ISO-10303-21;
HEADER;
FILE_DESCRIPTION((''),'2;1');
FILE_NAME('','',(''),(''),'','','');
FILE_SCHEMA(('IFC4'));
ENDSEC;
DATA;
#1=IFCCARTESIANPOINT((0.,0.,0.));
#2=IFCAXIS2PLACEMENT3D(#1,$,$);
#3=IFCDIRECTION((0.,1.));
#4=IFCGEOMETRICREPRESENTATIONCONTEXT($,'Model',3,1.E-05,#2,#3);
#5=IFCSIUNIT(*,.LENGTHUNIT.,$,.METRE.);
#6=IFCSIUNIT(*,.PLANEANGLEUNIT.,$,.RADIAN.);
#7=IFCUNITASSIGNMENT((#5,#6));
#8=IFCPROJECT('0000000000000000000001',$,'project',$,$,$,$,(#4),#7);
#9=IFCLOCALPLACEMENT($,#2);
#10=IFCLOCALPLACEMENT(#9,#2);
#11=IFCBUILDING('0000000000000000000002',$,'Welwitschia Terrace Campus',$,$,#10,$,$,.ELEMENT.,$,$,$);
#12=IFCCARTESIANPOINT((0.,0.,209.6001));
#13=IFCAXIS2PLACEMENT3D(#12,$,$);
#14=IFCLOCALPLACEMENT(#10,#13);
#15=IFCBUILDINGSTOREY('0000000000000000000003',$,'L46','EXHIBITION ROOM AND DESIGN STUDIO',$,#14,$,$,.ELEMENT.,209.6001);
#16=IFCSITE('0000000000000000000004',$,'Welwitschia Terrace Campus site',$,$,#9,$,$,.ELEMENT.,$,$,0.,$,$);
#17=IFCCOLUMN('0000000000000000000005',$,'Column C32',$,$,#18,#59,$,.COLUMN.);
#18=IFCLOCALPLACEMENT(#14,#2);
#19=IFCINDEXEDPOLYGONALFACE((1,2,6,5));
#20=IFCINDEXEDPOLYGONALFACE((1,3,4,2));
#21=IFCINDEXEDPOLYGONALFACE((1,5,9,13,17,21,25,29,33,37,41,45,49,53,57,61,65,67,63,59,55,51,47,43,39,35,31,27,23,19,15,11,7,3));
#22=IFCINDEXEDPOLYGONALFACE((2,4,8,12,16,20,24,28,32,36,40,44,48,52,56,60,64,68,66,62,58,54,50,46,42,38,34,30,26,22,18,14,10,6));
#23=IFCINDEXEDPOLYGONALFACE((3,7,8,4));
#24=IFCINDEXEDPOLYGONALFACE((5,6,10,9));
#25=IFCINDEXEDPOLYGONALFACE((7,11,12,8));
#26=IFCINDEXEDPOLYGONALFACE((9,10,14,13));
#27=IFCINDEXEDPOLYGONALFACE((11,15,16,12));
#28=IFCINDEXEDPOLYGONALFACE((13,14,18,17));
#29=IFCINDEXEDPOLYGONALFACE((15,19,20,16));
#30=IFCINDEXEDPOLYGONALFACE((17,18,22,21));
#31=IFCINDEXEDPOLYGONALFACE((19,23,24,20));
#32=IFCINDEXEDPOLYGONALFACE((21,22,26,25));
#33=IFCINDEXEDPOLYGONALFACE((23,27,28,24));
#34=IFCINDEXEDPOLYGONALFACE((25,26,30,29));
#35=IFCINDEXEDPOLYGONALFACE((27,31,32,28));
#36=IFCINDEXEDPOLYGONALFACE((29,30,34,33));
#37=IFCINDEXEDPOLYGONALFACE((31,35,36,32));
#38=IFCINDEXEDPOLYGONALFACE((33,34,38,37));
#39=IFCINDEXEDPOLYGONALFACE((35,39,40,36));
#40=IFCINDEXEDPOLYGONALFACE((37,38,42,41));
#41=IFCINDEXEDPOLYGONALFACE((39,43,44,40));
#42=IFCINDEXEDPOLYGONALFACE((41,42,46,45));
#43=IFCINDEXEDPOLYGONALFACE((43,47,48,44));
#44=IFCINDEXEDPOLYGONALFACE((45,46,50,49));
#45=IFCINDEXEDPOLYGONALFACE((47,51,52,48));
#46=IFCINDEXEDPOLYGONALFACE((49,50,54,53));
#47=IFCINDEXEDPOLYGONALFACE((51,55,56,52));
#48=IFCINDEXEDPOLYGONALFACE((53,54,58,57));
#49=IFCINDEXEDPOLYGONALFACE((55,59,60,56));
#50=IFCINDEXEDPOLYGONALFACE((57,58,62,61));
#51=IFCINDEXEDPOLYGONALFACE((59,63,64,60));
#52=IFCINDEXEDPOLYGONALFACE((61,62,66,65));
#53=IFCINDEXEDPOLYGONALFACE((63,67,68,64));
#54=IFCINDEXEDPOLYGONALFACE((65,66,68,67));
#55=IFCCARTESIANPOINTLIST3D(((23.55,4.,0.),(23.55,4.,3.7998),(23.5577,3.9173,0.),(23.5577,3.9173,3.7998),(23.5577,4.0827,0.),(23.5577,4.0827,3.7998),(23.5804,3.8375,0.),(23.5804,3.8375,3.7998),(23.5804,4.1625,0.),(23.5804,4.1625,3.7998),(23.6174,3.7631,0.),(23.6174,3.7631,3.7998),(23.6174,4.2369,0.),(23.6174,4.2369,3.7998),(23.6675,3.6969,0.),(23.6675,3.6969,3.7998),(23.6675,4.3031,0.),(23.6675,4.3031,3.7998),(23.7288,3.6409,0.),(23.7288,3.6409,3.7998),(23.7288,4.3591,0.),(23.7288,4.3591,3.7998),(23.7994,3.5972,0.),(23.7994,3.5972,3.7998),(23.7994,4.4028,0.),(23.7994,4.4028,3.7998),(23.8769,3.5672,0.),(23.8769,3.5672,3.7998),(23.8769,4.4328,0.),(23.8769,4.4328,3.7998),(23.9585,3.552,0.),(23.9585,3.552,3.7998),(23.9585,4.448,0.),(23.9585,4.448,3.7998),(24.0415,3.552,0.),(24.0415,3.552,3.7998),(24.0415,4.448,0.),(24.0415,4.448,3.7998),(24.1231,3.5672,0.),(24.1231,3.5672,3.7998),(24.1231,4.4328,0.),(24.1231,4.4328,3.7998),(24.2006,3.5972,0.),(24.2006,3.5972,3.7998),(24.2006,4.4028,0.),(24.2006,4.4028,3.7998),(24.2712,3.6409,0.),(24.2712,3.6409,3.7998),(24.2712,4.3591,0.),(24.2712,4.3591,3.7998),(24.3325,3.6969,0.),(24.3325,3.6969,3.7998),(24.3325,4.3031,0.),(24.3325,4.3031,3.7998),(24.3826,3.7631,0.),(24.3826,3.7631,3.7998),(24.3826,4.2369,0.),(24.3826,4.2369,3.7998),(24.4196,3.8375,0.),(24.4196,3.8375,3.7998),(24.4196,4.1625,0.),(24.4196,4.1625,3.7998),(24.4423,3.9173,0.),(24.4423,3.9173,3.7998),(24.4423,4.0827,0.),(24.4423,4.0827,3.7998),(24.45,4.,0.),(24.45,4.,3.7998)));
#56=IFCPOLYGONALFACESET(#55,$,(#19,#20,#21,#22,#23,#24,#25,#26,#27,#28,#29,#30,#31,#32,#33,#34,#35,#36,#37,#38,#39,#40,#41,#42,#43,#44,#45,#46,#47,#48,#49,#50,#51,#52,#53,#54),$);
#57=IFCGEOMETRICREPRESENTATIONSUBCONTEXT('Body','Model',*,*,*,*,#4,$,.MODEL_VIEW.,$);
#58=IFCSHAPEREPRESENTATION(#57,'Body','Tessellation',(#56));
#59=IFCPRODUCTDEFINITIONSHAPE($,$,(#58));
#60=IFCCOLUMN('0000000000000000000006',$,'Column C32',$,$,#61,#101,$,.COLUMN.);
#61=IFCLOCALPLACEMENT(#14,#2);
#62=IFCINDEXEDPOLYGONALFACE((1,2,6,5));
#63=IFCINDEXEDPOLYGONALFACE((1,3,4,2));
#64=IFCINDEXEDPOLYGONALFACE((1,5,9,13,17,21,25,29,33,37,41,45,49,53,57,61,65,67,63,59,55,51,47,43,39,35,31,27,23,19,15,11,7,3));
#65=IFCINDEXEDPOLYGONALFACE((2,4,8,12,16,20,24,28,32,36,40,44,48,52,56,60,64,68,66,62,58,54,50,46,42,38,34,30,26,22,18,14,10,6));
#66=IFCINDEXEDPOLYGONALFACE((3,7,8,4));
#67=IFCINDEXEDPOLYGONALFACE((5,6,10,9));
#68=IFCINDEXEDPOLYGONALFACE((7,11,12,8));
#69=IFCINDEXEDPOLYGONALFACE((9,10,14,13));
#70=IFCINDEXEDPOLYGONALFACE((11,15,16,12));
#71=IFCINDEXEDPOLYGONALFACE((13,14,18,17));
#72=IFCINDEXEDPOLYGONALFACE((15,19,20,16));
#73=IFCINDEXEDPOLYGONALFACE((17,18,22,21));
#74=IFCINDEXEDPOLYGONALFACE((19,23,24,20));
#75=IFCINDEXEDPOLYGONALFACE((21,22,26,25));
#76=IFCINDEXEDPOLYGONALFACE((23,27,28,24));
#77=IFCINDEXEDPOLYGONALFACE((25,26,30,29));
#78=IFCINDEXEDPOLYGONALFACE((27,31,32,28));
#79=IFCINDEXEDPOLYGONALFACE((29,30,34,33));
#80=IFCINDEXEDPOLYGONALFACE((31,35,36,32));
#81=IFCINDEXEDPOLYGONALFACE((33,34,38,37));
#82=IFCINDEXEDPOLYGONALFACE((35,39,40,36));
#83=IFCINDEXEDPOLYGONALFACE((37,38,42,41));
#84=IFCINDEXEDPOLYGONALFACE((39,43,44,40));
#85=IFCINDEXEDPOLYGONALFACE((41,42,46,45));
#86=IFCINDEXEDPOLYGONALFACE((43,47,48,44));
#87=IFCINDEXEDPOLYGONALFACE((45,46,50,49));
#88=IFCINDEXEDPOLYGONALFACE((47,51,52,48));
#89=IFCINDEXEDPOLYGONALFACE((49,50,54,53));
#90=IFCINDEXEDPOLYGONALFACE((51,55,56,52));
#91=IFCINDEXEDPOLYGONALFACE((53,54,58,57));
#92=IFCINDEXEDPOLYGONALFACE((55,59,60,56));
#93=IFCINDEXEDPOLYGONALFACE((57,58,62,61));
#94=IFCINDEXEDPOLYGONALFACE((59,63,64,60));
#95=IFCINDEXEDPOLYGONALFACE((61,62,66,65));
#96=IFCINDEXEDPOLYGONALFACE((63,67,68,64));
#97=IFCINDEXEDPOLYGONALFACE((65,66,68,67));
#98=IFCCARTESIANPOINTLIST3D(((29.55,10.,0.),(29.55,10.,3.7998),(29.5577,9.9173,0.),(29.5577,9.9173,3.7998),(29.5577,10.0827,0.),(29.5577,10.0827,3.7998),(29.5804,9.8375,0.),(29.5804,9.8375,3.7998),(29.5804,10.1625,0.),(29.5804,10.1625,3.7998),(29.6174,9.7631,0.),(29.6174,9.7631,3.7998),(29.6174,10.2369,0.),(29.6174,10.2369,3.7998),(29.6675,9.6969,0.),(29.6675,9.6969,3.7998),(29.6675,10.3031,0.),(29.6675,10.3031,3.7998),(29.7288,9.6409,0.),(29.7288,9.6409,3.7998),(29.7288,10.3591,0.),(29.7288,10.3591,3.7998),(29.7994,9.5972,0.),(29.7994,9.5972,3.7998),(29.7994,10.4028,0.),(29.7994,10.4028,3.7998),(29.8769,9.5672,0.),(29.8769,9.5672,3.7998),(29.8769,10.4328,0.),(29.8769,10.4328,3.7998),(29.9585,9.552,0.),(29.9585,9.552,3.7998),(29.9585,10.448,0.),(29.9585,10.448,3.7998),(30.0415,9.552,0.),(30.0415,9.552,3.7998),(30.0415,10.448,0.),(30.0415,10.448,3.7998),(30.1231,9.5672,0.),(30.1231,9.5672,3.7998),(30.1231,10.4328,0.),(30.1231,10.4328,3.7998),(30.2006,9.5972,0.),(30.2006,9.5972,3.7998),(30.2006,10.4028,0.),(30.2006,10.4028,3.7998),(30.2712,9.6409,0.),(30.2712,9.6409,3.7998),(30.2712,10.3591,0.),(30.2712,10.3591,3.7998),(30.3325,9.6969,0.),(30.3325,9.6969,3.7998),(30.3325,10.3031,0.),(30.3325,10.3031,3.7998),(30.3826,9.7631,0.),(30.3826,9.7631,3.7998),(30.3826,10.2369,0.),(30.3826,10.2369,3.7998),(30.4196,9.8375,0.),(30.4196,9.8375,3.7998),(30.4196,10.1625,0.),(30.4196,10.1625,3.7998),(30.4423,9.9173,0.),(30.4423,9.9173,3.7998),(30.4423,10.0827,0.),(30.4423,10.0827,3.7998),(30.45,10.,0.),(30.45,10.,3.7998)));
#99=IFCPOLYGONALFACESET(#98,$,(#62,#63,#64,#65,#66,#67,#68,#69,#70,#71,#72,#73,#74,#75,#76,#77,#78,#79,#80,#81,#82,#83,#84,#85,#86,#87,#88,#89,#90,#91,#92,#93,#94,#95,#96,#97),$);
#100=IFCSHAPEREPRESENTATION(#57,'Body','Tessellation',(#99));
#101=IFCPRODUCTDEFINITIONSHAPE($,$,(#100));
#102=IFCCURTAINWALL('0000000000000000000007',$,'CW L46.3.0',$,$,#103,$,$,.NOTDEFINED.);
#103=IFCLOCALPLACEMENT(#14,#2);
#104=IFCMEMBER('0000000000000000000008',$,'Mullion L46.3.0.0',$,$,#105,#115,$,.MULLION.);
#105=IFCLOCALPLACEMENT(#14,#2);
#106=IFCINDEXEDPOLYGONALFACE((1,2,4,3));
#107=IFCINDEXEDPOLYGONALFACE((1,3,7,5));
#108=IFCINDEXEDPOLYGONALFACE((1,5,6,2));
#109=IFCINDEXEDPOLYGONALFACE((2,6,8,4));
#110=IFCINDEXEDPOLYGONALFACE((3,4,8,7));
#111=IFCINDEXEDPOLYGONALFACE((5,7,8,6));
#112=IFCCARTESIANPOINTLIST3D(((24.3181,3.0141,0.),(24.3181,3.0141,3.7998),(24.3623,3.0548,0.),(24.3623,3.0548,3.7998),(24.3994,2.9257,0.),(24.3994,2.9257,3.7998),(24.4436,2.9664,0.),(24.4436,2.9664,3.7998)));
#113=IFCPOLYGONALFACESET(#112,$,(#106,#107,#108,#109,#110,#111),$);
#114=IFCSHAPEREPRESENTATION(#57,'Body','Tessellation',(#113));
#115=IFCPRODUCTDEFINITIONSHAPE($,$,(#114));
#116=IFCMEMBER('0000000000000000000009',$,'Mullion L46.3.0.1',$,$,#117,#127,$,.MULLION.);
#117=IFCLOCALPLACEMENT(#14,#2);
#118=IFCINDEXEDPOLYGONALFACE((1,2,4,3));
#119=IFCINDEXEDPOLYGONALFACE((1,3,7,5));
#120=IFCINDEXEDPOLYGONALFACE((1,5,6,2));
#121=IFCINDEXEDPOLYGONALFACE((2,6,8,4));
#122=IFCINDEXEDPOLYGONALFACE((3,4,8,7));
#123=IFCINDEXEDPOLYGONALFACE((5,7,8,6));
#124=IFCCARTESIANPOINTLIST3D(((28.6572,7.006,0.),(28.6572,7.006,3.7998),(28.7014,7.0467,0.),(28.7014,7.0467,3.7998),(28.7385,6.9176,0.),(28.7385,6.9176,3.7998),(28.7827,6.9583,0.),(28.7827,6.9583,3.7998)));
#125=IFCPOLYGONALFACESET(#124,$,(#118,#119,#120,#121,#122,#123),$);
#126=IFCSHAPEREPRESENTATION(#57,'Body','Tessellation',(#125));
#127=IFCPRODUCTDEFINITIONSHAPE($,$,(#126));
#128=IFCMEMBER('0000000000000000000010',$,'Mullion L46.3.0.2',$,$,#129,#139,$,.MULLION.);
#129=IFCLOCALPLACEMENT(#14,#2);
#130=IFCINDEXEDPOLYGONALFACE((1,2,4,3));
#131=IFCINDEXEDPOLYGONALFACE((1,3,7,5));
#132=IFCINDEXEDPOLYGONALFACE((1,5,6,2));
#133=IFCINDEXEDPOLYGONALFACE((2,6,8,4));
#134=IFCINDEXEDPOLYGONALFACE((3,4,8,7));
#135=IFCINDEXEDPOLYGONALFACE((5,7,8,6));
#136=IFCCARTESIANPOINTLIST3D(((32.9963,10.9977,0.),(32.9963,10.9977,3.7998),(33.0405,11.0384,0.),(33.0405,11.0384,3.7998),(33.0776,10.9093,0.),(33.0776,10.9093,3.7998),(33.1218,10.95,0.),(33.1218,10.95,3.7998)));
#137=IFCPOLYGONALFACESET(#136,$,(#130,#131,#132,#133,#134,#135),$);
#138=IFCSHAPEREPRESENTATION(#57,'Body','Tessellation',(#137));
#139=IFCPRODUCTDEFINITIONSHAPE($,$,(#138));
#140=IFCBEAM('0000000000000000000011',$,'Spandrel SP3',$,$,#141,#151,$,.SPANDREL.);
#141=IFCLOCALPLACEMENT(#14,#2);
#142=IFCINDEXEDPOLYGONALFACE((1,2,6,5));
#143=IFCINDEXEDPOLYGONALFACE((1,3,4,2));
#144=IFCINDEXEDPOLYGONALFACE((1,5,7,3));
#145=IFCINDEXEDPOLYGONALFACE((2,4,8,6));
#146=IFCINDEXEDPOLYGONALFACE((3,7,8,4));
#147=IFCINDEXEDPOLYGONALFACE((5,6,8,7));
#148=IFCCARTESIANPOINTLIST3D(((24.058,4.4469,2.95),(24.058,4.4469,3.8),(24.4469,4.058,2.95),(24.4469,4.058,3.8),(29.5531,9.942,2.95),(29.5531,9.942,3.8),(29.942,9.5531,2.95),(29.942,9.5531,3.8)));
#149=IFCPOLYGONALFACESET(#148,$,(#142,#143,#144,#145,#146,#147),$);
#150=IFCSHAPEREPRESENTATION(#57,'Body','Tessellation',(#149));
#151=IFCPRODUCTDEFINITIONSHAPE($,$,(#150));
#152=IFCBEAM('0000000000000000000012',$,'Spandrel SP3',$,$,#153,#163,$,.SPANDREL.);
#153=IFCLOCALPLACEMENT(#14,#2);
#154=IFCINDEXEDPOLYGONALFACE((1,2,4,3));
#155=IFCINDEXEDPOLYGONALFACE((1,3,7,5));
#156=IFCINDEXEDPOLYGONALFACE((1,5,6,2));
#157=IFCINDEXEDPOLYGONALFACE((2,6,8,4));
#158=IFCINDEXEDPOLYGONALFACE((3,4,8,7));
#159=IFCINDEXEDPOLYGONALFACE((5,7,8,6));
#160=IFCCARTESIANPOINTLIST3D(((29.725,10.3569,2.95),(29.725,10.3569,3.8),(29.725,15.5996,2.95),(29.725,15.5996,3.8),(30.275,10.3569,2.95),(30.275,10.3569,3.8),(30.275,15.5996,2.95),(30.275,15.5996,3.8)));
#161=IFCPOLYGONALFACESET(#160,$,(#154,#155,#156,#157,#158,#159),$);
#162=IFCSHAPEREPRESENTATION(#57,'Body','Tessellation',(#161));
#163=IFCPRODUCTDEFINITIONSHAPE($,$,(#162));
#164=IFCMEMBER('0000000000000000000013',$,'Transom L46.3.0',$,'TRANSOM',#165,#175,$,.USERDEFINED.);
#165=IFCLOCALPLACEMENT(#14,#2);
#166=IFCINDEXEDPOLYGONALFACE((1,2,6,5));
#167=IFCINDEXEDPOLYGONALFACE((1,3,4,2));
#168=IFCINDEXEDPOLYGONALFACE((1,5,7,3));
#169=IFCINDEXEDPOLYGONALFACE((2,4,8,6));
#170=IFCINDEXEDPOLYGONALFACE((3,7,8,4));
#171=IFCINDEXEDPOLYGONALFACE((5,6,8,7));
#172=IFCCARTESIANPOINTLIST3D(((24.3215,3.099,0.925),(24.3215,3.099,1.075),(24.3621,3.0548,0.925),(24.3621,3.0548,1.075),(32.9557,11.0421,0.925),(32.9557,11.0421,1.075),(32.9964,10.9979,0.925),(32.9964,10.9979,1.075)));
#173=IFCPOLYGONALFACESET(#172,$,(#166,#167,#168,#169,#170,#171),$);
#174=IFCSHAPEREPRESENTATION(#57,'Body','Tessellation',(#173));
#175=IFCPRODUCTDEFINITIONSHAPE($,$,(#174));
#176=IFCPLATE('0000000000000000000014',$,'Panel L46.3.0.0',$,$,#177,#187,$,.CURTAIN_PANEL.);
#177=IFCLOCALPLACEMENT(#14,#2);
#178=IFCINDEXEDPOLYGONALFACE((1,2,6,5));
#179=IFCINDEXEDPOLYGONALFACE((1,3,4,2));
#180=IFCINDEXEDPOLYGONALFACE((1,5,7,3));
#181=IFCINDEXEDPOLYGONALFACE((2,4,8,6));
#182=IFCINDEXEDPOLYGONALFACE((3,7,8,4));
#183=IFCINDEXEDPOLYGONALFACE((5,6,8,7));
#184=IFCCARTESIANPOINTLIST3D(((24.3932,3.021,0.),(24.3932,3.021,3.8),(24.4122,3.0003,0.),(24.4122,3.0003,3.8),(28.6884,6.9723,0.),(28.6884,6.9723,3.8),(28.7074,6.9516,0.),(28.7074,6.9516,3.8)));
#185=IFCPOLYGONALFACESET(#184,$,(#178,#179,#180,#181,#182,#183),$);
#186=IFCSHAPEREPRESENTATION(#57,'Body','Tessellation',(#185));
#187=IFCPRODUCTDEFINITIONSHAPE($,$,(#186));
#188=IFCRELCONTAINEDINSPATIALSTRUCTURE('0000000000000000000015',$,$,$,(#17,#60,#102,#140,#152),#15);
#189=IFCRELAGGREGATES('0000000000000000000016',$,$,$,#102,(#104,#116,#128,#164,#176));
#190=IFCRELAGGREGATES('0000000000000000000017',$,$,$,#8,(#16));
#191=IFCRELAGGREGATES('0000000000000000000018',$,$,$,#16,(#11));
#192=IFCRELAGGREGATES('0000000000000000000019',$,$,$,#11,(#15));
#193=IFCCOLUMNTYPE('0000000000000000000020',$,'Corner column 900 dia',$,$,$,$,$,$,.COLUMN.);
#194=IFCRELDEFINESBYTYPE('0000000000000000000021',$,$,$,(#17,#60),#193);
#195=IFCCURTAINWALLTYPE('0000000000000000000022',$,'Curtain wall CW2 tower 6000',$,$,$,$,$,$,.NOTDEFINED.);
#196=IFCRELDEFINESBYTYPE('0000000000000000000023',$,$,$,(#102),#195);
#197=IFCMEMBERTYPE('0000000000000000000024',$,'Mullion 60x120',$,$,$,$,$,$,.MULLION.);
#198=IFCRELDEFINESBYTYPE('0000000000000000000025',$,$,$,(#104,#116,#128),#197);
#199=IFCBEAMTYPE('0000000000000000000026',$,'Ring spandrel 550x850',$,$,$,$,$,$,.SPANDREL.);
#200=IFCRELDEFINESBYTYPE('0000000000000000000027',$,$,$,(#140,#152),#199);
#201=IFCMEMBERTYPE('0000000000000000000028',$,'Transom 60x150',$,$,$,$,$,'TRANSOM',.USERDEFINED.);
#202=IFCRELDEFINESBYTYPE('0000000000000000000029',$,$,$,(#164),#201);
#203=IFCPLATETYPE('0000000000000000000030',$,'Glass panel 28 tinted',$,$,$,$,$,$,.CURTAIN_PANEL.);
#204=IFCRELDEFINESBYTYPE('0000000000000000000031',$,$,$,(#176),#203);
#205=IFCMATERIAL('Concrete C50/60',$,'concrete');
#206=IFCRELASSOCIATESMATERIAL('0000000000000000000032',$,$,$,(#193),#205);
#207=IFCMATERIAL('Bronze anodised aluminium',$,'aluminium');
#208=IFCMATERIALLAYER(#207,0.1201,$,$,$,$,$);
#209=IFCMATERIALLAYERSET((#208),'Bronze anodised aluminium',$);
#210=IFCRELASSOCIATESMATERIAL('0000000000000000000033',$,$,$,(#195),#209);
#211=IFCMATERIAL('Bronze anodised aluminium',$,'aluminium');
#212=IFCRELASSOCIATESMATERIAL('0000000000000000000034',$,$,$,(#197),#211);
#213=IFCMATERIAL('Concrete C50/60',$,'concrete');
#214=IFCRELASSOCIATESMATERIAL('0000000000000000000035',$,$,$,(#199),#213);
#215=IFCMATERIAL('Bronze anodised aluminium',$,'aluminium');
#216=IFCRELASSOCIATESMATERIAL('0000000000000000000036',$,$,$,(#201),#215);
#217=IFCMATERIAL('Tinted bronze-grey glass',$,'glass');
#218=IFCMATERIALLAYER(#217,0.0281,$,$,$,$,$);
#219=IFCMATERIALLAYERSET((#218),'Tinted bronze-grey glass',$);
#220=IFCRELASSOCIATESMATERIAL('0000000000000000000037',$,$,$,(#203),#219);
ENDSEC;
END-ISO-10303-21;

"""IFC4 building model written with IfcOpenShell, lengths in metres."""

from ifc_helpers import new_model, si_unit, direction, frame, origin, origin_2d, place, context, subcontext, project, spatial, rectangle, circle, extrude, material, layer, layer_set, material_profile, profile_set, type_object, element, aggregate, save


model = new_model("IFC4")

# Units and contexts
model_context = context("Model", 3, precision=1e-05, world=origin(), true_north=direction((0.0, 1.0)))
body_context = subcontext(model_context, "Body", "Model", "MODEL_VIEW")
ifc_project = project(units=[si_unit("LENGTHUNIT", "METRE"), si_unit("PLANEANGLEUNIT", "RADIAN")], contexts=[model_context])

# Site, building, storey
site_placement = place(None, origin())
site = spatial("IfcSite", under=ifc_project, at=site_placement, Name="Welwitschia Terrace Campus site", CompositionType="ELEMENT", RefElevation=0.0)
building_placement = place(site_placement, origin())
building = spatial("IfcBuilding", under=site, at=building_placement, Name="Welwitschia Terrace Campus", CompositionType="ELEMENT")
storey_placement = place(building_placement, frame((0.0, 0.0, 209.6001)))
storey = spatial("IfcBuildingStorey", under=building, at=storey_placement, Name="L46", Description="EXHIBITION ROOM AND DESIGN STUDIO", CompositionType="ELEMENT", Elevation=209.6001)

# Columns
ifc_material_1 = material(Name="Concrete C50/60", Category="concrete")
ifc_material_profile_1 = material_profile(ifc_material_1, circle(Radius=0.45, at=origin_2d()))
ifc_profile_set_1 = profile_set([ifc_material_profile_1], Name="Concrete C50/60")
column_type = type_object("IfcColumnType", Name="Corner column 900 dia", PredefinedType="COLUMN", material=ifc_profile_set_1)
for number, where, z_axis, x_axis, name in (
    (1, (24.0, 4.0, 0.0), (0.0, 0.0, 1.0), (1.0, 0.0, 0.0), "Column C32"),
    (2, (30.0, 10.0, 0.0), (0.0, 0.0, 1.0), (1.0, 0.0, 0.0), "Column C32"),
):
    element("IfcColumn", number, at=place(storey_placement, frame(where, z_axis=z_axis, x_axis=x_axis)), inside=storey, type_object=column_type, Name=name, PredefinedType="COLUMN", context=body_context, shape_type="SweptSolid", body=[
        extrude(circle(Radius=0.45, at=origin_2d()), origin(), (0.0, 0.0, 1.0), 3.7998),
    ])

# Curtain wall, members
ifc_material_2 = material(Name="Bronze anodised aluminium", Category="aluminium")
ifc_layer_1 = layer(ifc_material_2, 0.1201)
ifc_layer_set_1 = layer_set([ifc_layer_1], Name="Bronze anodised aluminium")
curtain_wall_type = type_object("IfcCurtainWallType", Name="Curtain wall CW2 tower 6000", PredefinedType="NOTDEFINED", material=ifc_layer_set_1)
curtain_wall_placement = place(storey_placement, origin())
curtain_wall = element("IfcCurtainWall", 3, at=curtain_wall_placement, inside=storey, type_object=curtain_wall_type, Name="CW L46.3.0", PredefinedType="NOTDEFINED")
ifc_material_3 = material(Name="Bronze anodised aluminium", Category="aluminium")
ifc_material_profile_2 = material_profile(ifc_material_3, rectangle(XDim=0.1201, YDim=0.0601, at=origin_2d()))
ifc_profile_set_2 = profile_set([ifc_material_profile_2], Name="Bronze anodised aluminium")
member_type_1 = type_object("IfcMemberType", Name="Mullion 60x120", PredefinedType="MULLION", material=ifc_profile_set_2)
member_1_placement = place(storey_placement, frame((24.3809, 2.9902, 0.0), z_axis=(0.0, 0.0, 1.0), x_axis=(-0.677034, 0.735951, 0.0)))
member_1 = element("IfcMember", 4, at=member_1_placement, type_object=member_type_1, Name="Mullion L46.3.0.0", PredefinedType="MULLION", context=body_context, shape_type="SweptSolid", body=[
    extrude(rectangle(XDim=0.1201, YDim=0.0601, at=origin_2d()), origin(), (0.0, 0.0, 1.0), 3.7998),
])
member_2_placement = place(storey_placement, frame((28.72, 6.9822, 0.0), z_axis=(0.0, 0.0, 1.0), x_axis=(-0.677034, 0.735951, 0.0)))
member_2 = element("IfcMember", 5, at=member_2_placement, type_object=member_type_1, Name="Mullion L46.3.0.1", PredefinedType="MULLION", context=body_context, shape_type="SweptSolid", body=[
    extrude(rectangle(XDim=0.1201, YDim=0.0601, at=origin_2d()), origin(), (0.0, 0.0, 1.0), 3.7998),
])
member_3_placement = place(storey_placement, frame((33.0591, 10.9739, 0.0), z_axis=(0.0, 0.0, 1.0), x_axis=(-0.677034, 0.735951, 0.0)))
member_3 = element("IfcMember", 6, at=member_3_placement, type_object=member_type_1, Name="Mullion L46.3.0.2", PredefinedType="MULLION", context=body_context, shape_type="SweptSolid", body=[
    extrude(rectangle(XDim=0.1201, YDim=0.0601, at=origin_2d()), origin(), (0.0, 0.0, 1.0), 3.7998),
])

# Beams
ifc_material_4 = material(Name="Concrete C50/60", Category="concrete")
ifc_material_profile_3 = material_profile(ifc_material_4, rectangle(XDim=0.55, YDim=0.8501, at=origin_2d()))
ifc_profile_set_3 = profile_set([ifc_material_profile_3], Name="Concrete C50/60")
beam_type = type_object("IfcBeamType", Name="Ring spandrel 550x850", PredefinedType="SPANDREL", material=ifc_profile_set_3)
beam_1_placement = place(storey_placement, frame((24.2524, 4.2524, 3.375), z_axis=(0.707107, 0.707107, 0.0), x_axis=(-0.707107, 0.707107, 0.0)))
element("IfcBeam", 7, at=beam_1_placement, inside=storey, type_object=beam_type, Name="Spandrel SP3", PredefinedType="SPANDREL", context=body_context, shape_type="SweptSolid", body=[
    extrude(rectangle(XDim=0.55, YDim=0.8501, at=origin_2d()), origin(), (0.0, 0.0, 1.0), 7.7712),
])
beam_2_placement = place(storey_placement, frame((30.0, 10.3569, 3.375), z_axis=(0.0, 1.0, 0.0), x_axis=(-1.0, 0.0, 0.0)))
element("IfcBeam", 8, at=beam_2_placement, inside=storey, type_object=beam_type, Name="Spandrel SP3", PredefinedType="SPANDREL", context=body_context, shape_type="SweptSolid", body=[
    extrude(rectangle(XDim=0.55, YDim=0.8501, at=origin_2d()), origin(), (0.0, 0.0, 1.0), 5.2427),
])

# Member
ifc_material_5 = material(Name="Bronze anodised aluminium", Category="aluminium")
ifc_material_profile_4 = material_profile(ifc_material_5, rectangle(XDim=0.0601, YDim=0.1499, at=origin_2d()))
ifc_profile_set_4 = profile_set([ifc_material_profile_4], Name="Bronze anodised aluminium")
member_type_2 = type_object("IfcMemberType", Name="Transom 60x150", ElementType="TRANSOM", PredefinedType="USERDEFINED", material=ifc_profile_set_4)
member_4_placement = place(storey_placement, frame((24.3418, 3.0769, 1.0), z_axis=(0.735949, 0.677037, 0.0), x_axis=(-0.677037, 0.735949, 0.0)))
member_4 = element("IfcMember", 9, at=member_4_placement, type_object=member_type_2, Name="Transom L46.3.0", ObjectType="TRANSOM", PredefinedType="USERDEFINED", context=body_context, shape_type="SweptSolid", body=[
    extrude(rectangle(XDim=0.0601, YDim=0.1499, at=origin_2d()), origin(), (0.0, 0.0, 1.0), 11.7322),
])

# Plate
ifc_material_6 = material(Name="Tinted bronze-grey glass", Category="glass")
ifc_layer_2 = layer(ifc_material_6, 0.0281)
ifc_layer_set_2 = layer_set([ifc_layer_2], Name="Tinted bronze-grey glass")
plate_type = type_object("IfcPlateType", Name="Glass panel 28 tinted", PredefinedType="CURTAIN_PANEL", material=ifc_layer_set_2)
plate_1_placement = place(storey_placement, frame((26.5503, 4.9863, 0.0), z_axis=(0.0, 0.0, 1.0), x_axis=(0.735951, 0.677034, 0.0)))
plate_1 = element("IfcPlate", 10, at=plate_1_placement, type_object=plate_type, Name="Panel L46.3.0.0", PredefinedType="CURTAIN_PANEL", context=body_context, shape_type="SweptSolid", body=[
    extrude(rectangle(XDim=5.8362, YDim=0.0281, at=origin_2d()), origin(), (0.0, 0.0, 1.0), 3.8),
])
aggregate(curtain_wall, [member_1, member_2, member_3, member_4, plate_1])

save(model, "model.ifc")
